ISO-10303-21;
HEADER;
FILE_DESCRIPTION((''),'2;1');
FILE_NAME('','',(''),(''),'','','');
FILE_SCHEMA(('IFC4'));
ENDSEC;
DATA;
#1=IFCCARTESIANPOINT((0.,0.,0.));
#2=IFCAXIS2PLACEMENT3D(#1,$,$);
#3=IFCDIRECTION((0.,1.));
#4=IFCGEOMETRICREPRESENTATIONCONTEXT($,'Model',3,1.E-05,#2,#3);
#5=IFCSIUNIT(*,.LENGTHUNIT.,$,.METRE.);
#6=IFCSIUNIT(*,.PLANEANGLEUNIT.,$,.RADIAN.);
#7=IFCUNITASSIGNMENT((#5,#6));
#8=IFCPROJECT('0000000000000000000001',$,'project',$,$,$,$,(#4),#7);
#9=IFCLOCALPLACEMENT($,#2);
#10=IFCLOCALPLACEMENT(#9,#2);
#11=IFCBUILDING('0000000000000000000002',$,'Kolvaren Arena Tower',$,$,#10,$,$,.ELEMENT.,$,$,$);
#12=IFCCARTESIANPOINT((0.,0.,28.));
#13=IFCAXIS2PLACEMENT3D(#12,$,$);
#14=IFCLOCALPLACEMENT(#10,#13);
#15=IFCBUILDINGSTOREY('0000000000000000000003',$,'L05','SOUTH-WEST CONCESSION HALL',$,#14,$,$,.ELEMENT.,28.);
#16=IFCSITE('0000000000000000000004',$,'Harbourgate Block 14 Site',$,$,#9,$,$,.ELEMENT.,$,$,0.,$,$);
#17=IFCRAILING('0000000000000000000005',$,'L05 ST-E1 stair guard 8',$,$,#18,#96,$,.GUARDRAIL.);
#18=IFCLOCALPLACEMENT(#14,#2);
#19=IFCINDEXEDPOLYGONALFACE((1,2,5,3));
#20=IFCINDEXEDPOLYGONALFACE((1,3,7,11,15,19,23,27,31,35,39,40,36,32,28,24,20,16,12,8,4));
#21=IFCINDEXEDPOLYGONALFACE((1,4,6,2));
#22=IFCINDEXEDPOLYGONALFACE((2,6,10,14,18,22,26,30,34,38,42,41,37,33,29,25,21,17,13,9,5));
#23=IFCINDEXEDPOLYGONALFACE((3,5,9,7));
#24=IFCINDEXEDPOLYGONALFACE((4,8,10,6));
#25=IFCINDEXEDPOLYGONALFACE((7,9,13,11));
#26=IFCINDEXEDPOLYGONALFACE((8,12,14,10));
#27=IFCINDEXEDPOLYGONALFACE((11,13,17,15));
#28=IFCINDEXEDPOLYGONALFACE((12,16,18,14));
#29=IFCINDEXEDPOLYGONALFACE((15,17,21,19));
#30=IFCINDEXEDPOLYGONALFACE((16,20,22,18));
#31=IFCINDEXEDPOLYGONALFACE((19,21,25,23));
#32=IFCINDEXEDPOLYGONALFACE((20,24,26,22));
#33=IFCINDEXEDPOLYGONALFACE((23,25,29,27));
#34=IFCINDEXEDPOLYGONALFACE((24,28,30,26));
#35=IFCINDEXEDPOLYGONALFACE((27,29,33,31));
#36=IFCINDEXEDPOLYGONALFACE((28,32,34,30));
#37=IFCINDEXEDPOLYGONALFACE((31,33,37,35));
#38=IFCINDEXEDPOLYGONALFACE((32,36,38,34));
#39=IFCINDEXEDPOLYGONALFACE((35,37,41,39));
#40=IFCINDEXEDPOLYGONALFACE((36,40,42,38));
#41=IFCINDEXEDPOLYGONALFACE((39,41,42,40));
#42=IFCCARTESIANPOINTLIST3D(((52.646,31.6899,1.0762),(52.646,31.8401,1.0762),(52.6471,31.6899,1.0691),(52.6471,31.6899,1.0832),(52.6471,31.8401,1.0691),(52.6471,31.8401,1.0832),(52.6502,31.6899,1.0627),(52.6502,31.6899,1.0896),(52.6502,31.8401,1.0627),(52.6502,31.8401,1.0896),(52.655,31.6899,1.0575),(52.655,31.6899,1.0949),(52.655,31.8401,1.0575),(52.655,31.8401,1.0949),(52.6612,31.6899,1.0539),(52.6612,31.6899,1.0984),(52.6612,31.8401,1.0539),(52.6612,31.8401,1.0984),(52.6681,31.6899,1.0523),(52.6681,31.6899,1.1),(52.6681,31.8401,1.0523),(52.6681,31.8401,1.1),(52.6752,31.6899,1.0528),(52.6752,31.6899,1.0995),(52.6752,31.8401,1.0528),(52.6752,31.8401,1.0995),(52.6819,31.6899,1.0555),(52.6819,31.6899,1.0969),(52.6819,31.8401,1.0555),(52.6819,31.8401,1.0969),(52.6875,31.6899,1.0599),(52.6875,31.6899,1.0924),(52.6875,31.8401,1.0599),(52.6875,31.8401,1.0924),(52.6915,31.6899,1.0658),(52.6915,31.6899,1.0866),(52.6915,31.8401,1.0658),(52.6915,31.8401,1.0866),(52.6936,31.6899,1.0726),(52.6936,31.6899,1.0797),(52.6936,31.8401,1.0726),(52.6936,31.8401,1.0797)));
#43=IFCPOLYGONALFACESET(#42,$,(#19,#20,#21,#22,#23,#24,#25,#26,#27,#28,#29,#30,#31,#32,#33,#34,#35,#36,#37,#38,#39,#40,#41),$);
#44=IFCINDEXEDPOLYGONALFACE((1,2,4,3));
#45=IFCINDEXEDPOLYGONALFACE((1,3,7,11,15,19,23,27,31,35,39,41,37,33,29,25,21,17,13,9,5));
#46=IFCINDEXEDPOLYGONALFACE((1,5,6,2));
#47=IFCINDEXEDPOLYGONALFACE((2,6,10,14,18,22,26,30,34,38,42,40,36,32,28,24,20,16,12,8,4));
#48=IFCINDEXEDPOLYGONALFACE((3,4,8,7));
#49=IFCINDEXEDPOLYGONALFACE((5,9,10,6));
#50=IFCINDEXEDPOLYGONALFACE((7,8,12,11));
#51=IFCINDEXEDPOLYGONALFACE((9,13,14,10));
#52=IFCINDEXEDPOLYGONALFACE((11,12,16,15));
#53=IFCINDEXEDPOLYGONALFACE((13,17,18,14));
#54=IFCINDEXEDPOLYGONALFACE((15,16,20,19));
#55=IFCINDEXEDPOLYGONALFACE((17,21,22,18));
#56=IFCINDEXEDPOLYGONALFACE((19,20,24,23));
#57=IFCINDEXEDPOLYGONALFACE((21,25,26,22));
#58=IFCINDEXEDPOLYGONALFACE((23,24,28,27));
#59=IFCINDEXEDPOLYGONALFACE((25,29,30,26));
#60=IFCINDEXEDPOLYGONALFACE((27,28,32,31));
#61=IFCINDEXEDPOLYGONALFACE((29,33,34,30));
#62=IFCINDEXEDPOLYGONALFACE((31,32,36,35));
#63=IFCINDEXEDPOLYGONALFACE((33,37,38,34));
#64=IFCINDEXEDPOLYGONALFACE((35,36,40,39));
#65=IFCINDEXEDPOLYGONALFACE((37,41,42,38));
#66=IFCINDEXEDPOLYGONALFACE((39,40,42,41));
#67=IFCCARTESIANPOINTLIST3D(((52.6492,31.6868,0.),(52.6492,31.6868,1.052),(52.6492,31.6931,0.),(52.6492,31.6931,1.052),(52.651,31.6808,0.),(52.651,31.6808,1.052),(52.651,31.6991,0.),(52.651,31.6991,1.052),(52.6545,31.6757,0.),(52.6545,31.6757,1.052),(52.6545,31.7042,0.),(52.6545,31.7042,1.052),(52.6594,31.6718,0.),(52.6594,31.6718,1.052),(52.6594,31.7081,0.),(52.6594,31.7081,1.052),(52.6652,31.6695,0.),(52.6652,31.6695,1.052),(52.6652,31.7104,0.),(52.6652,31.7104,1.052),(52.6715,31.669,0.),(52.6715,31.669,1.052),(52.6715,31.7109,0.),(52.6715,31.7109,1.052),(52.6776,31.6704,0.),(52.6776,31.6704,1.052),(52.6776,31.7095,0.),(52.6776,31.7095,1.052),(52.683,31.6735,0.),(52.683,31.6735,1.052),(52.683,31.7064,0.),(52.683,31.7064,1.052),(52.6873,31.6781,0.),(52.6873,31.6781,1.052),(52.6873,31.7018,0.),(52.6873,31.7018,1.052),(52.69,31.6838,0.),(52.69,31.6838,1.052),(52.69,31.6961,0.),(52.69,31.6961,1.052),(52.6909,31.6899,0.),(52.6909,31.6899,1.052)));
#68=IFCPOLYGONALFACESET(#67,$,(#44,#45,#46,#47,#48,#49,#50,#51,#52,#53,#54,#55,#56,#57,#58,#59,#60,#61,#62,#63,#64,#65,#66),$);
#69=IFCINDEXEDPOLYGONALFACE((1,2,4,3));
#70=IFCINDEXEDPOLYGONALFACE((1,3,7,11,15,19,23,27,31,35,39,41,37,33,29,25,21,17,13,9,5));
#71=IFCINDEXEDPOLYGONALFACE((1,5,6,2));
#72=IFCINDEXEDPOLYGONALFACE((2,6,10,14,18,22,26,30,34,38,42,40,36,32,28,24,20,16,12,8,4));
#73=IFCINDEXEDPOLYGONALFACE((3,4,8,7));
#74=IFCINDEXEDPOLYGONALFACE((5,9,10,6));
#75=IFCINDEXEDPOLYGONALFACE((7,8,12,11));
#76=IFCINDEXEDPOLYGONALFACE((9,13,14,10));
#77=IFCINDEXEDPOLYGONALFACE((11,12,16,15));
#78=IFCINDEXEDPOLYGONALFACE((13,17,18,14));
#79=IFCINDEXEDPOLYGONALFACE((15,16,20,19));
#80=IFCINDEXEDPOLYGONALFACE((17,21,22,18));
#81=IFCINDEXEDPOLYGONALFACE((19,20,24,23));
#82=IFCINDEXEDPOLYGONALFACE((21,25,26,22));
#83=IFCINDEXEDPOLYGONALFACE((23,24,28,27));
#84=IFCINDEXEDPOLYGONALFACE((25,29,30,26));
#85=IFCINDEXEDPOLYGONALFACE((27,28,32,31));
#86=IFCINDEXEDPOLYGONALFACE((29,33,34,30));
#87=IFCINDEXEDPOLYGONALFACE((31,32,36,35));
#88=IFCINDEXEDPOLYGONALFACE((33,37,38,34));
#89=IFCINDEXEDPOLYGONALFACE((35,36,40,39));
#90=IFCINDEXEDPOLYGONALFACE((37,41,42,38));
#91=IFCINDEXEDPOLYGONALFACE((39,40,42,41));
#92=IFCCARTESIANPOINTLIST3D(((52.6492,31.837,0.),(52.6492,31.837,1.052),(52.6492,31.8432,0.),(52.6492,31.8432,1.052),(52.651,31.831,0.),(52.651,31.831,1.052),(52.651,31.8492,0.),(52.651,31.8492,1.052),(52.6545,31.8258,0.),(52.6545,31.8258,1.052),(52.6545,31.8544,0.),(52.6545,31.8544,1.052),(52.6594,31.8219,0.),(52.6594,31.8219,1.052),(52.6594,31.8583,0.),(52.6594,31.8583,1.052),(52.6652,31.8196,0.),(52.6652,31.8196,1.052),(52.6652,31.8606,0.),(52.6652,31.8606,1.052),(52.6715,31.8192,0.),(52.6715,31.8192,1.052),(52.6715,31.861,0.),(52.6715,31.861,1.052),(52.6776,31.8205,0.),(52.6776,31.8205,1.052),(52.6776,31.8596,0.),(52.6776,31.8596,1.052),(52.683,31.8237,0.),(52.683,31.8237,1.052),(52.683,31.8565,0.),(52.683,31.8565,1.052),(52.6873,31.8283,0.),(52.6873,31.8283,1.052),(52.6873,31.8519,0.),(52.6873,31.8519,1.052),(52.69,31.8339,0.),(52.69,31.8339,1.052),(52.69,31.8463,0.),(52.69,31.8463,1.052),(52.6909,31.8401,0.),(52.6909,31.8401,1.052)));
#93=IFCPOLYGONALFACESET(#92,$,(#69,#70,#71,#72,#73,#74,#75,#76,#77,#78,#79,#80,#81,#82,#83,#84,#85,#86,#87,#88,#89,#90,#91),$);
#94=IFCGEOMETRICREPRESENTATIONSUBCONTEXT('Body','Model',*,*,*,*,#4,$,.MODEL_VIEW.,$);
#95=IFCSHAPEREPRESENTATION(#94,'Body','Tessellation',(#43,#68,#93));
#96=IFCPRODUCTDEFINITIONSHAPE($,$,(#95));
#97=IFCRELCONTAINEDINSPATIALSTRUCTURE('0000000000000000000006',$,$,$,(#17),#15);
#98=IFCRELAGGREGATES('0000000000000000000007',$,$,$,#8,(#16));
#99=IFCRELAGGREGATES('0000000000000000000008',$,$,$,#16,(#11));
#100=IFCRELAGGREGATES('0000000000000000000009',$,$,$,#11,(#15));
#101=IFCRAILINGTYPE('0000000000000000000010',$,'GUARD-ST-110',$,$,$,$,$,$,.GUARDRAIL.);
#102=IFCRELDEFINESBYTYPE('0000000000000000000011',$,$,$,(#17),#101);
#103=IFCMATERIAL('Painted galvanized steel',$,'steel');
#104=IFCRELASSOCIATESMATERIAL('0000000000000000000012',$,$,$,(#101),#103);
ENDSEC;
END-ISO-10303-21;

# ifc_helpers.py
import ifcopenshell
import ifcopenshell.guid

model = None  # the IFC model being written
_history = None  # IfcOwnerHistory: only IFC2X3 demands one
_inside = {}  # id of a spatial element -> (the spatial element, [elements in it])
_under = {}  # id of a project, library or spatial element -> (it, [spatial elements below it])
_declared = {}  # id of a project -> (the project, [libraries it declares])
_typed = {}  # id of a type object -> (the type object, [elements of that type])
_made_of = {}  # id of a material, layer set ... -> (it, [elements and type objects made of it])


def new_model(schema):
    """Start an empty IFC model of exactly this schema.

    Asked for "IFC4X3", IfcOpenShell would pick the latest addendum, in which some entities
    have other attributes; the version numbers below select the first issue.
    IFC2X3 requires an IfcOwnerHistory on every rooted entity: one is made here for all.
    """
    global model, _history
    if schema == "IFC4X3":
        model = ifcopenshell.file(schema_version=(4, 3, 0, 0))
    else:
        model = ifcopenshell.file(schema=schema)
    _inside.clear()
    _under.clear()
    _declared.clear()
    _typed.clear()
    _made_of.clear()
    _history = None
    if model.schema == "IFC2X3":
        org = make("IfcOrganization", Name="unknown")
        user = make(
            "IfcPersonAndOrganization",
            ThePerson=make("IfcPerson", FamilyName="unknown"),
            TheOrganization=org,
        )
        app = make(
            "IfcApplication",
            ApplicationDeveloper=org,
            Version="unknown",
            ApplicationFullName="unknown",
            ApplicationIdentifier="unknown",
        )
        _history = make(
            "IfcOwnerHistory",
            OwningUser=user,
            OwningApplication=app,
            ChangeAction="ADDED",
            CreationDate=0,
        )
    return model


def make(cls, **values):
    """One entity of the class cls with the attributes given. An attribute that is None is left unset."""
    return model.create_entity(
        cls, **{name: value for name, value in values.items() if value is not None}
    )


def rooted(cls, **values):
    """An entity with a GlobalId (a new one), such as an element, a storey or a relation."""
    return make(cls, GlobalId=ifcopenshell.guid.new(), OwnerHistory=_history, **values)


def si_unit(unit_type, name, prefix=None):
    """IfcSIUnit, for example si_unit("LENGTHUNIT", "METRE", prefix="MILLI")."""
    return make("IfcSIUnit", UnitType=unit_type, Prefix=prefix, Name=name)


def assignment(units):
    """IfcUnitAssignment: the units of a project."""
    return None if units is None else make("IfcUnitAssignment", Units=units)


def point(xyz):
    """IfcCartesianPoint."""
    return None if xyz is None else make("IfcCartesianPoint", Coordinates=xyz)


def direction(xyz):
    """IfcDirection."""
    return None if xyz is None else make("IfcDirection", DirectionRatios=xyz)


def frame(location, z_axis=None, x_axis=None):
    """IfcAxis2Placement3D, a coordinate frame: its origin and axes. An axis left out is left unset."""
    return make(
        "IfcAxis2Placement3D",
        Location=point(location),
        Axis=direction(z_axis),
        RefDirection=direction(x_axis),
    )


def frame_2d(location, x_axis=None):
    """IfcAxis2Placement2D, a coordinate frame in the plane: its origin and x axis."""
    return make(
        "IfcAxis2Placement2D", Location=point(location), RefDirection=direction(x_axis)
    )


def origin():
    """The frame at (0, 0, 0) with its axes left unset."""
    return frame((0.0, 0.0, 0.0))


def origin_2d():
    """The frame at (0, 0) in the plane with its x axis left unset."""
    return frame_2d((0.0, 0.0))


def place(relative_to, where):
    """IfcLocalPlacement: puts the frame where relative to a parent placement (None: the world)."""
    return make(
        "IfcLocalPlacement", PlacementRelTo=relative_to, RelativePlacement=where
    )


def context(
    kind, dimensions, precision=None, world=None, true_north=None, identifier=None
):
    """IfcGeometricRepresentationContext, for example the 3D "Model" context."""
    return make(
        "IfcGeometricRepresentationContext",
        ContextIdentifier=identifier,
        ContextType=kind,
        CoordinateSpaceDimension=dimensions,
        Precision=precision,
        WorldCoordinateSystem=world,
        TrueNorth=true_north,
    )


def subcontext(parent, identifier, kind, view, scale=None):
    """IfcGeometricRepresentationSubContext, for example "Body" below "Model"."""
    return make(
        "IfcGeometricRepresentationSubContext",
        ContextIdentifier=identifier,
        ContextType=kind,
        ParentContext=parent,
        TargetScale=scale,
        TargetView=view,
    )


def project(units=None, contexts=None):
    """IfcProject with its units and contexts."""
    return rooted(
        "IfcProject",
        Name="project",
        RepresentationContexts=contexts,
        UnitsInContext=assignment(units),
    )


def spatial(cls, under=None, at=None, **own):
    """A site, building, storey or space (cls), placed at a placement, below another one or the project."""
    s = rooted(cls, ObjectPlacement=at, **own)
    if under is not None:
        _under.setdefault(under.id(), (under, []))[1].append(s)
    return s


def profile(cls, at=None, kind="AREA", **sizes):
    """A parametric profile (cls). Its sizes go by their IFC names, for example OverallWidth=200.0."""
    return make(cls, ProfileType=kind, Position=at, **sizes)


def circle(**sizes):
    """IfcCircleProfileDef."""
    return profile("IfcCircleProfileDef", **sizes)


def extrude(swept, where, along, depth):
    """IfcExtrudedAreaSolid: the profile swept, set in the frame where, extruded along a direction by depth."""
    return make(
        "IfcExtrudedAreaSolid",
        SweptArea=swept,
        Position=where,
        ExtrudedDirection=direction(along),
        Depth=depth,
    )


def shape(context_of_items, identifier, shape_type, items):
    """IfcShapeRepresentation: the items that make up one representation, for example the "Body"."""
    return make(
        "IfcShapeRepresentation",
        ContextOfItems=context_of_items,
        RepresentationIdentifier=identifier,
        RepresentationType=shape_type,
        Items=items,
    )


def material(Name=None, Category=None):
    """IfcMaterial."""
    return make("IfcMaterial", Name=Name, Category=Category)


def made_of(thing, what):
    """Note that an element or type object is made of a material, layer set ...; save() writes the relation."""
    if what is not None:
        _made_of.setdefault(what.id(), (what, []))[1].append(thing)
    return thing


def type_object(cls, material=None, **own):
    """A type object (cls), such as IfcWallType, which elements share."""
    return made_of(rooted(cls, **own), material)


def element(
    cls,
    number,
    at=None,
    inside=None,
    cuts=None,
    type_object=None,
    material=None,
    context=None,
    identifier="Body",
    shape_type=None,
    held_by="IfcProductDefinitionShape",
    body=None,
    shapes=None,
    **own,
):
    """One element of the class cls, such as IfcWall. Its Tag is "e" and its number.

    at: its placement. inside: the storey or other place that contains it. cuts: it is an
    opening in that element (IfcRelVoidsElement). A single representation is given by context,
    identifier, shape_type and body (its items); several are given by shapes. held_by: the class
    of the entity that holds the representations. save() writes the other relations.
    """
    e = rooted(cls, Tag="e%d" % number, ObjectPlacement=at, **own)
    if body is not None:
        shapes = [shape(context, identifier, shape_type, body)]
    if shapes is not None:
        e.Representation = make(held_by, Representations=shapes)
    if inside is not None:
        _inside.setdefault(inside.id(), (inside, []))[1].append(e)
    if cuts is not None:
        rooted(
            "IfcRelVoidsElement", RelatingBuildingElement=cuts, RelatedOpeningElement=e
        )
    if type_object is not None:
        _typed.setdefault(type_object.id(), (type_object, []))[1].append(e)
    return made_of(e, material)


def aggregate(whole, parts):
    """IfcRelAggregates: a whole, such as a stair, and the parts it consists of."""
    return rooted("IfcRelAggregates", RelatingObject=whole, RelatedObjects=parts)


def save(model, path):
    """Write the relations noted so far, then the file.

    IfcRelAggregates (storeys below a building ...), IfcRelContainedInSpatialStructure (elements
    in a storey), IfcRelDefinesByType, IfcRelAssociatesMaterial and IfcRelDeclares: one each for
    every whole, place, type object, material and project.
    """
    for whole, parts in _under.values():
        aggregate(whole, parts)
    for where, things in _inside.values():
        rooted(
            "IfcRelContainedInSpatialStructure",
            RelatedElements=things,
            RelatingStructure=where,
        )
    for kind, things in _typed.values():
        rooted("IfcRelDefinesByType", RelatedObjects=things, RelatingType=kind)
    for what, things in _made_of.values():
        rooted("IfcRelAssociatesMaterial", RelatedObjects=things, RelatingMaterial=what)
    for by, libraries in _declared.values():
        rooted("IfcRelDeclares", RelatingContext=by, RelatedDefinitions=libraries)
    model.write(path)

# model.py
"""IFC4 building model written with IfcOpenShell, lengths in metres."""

from ifc_helpers import new_model, si_unit, direction, frame, origin, origin_2d, place, context, subcontext, project, spatial, circle, extrude, material, type_object, element, save


model = new_model("IFC4")

# Units and contexts
model_context = context("Model", 3, precision=1e-05, world=origin(), true_north=direction((0.0, 1.0)))
body_context = subcontext(model_context, "Body", "Model", "MODEL_VIEW")
ifc_project = project(units=[si_unit("LENGTHUNIT", "METRE"), si_unit("PLANEANGLEUNIT", "RADIAN")], contexts=[model_context])

# Site, building, storey
site_placement = place(None, origin())
site = spatial("IfcSite", under=ifc_project, at=site_placement, Name="Harbourgate Block 14 Site", CompositionType="ELEMENT", RefElevation=0.0)
building_placement = place(site_placement, origin())
building = spatial("IfcBuilding", under=site, at=building_placement, Name="Kolvaren Arena Tower", CompositionType="ELEMENT")
storey_placement = place(building_placement, frame((0.0, 0.0, 28.0)))
storey = spatial("IfcBuildingStorey", under=building, at=storey_placement, Name="L05", Description="SOUTH-WEST CONCESSION HALL", CompositionType="ELEMENT", Elevation=28.0)

# Railing
ifc_material_1 = material(Name="Painted galvanized steel", Category="steel")
railing_type_1 = type_object("IfcRailingType", Name="GUARD-ST-110", PredefinedType="GUARDRAIL", material=ifc_material_1)
railing_1_placement = place(storey_placement, frame((52.6699, 31.6899, 0.0)))
element("IfcRailing", 1, at=railing_1_placement, inside=storey, type_object=railing_type_1, Name="L05 ST-E1 stair guard 8", PredefinedType="GUARDRAIL", context=body_context, shape_type="SweptSolid", body=[
    extrude(circle(Radius=0.0239, at=origin_2d()), frame((0.0, 0.0, 1.0762), z_axis=(0.0, 1.0, 0.0), x_axis=(-1.0, 0.0, 0.0)), (0.0, 0.0, 1.0), 0.1501),
    extrude(circle(Radius=0.021, at=origin_2d()), origin(), (0.0, 0.0, 1.0), 1.052),
    extrude(circle(Radius=0.021, at=origin_2d()), frame((0.0, 0.1501, 0.0)), (0.0, 0.0, 1.0), 1.052),
])

save(model, "model.ifc")
